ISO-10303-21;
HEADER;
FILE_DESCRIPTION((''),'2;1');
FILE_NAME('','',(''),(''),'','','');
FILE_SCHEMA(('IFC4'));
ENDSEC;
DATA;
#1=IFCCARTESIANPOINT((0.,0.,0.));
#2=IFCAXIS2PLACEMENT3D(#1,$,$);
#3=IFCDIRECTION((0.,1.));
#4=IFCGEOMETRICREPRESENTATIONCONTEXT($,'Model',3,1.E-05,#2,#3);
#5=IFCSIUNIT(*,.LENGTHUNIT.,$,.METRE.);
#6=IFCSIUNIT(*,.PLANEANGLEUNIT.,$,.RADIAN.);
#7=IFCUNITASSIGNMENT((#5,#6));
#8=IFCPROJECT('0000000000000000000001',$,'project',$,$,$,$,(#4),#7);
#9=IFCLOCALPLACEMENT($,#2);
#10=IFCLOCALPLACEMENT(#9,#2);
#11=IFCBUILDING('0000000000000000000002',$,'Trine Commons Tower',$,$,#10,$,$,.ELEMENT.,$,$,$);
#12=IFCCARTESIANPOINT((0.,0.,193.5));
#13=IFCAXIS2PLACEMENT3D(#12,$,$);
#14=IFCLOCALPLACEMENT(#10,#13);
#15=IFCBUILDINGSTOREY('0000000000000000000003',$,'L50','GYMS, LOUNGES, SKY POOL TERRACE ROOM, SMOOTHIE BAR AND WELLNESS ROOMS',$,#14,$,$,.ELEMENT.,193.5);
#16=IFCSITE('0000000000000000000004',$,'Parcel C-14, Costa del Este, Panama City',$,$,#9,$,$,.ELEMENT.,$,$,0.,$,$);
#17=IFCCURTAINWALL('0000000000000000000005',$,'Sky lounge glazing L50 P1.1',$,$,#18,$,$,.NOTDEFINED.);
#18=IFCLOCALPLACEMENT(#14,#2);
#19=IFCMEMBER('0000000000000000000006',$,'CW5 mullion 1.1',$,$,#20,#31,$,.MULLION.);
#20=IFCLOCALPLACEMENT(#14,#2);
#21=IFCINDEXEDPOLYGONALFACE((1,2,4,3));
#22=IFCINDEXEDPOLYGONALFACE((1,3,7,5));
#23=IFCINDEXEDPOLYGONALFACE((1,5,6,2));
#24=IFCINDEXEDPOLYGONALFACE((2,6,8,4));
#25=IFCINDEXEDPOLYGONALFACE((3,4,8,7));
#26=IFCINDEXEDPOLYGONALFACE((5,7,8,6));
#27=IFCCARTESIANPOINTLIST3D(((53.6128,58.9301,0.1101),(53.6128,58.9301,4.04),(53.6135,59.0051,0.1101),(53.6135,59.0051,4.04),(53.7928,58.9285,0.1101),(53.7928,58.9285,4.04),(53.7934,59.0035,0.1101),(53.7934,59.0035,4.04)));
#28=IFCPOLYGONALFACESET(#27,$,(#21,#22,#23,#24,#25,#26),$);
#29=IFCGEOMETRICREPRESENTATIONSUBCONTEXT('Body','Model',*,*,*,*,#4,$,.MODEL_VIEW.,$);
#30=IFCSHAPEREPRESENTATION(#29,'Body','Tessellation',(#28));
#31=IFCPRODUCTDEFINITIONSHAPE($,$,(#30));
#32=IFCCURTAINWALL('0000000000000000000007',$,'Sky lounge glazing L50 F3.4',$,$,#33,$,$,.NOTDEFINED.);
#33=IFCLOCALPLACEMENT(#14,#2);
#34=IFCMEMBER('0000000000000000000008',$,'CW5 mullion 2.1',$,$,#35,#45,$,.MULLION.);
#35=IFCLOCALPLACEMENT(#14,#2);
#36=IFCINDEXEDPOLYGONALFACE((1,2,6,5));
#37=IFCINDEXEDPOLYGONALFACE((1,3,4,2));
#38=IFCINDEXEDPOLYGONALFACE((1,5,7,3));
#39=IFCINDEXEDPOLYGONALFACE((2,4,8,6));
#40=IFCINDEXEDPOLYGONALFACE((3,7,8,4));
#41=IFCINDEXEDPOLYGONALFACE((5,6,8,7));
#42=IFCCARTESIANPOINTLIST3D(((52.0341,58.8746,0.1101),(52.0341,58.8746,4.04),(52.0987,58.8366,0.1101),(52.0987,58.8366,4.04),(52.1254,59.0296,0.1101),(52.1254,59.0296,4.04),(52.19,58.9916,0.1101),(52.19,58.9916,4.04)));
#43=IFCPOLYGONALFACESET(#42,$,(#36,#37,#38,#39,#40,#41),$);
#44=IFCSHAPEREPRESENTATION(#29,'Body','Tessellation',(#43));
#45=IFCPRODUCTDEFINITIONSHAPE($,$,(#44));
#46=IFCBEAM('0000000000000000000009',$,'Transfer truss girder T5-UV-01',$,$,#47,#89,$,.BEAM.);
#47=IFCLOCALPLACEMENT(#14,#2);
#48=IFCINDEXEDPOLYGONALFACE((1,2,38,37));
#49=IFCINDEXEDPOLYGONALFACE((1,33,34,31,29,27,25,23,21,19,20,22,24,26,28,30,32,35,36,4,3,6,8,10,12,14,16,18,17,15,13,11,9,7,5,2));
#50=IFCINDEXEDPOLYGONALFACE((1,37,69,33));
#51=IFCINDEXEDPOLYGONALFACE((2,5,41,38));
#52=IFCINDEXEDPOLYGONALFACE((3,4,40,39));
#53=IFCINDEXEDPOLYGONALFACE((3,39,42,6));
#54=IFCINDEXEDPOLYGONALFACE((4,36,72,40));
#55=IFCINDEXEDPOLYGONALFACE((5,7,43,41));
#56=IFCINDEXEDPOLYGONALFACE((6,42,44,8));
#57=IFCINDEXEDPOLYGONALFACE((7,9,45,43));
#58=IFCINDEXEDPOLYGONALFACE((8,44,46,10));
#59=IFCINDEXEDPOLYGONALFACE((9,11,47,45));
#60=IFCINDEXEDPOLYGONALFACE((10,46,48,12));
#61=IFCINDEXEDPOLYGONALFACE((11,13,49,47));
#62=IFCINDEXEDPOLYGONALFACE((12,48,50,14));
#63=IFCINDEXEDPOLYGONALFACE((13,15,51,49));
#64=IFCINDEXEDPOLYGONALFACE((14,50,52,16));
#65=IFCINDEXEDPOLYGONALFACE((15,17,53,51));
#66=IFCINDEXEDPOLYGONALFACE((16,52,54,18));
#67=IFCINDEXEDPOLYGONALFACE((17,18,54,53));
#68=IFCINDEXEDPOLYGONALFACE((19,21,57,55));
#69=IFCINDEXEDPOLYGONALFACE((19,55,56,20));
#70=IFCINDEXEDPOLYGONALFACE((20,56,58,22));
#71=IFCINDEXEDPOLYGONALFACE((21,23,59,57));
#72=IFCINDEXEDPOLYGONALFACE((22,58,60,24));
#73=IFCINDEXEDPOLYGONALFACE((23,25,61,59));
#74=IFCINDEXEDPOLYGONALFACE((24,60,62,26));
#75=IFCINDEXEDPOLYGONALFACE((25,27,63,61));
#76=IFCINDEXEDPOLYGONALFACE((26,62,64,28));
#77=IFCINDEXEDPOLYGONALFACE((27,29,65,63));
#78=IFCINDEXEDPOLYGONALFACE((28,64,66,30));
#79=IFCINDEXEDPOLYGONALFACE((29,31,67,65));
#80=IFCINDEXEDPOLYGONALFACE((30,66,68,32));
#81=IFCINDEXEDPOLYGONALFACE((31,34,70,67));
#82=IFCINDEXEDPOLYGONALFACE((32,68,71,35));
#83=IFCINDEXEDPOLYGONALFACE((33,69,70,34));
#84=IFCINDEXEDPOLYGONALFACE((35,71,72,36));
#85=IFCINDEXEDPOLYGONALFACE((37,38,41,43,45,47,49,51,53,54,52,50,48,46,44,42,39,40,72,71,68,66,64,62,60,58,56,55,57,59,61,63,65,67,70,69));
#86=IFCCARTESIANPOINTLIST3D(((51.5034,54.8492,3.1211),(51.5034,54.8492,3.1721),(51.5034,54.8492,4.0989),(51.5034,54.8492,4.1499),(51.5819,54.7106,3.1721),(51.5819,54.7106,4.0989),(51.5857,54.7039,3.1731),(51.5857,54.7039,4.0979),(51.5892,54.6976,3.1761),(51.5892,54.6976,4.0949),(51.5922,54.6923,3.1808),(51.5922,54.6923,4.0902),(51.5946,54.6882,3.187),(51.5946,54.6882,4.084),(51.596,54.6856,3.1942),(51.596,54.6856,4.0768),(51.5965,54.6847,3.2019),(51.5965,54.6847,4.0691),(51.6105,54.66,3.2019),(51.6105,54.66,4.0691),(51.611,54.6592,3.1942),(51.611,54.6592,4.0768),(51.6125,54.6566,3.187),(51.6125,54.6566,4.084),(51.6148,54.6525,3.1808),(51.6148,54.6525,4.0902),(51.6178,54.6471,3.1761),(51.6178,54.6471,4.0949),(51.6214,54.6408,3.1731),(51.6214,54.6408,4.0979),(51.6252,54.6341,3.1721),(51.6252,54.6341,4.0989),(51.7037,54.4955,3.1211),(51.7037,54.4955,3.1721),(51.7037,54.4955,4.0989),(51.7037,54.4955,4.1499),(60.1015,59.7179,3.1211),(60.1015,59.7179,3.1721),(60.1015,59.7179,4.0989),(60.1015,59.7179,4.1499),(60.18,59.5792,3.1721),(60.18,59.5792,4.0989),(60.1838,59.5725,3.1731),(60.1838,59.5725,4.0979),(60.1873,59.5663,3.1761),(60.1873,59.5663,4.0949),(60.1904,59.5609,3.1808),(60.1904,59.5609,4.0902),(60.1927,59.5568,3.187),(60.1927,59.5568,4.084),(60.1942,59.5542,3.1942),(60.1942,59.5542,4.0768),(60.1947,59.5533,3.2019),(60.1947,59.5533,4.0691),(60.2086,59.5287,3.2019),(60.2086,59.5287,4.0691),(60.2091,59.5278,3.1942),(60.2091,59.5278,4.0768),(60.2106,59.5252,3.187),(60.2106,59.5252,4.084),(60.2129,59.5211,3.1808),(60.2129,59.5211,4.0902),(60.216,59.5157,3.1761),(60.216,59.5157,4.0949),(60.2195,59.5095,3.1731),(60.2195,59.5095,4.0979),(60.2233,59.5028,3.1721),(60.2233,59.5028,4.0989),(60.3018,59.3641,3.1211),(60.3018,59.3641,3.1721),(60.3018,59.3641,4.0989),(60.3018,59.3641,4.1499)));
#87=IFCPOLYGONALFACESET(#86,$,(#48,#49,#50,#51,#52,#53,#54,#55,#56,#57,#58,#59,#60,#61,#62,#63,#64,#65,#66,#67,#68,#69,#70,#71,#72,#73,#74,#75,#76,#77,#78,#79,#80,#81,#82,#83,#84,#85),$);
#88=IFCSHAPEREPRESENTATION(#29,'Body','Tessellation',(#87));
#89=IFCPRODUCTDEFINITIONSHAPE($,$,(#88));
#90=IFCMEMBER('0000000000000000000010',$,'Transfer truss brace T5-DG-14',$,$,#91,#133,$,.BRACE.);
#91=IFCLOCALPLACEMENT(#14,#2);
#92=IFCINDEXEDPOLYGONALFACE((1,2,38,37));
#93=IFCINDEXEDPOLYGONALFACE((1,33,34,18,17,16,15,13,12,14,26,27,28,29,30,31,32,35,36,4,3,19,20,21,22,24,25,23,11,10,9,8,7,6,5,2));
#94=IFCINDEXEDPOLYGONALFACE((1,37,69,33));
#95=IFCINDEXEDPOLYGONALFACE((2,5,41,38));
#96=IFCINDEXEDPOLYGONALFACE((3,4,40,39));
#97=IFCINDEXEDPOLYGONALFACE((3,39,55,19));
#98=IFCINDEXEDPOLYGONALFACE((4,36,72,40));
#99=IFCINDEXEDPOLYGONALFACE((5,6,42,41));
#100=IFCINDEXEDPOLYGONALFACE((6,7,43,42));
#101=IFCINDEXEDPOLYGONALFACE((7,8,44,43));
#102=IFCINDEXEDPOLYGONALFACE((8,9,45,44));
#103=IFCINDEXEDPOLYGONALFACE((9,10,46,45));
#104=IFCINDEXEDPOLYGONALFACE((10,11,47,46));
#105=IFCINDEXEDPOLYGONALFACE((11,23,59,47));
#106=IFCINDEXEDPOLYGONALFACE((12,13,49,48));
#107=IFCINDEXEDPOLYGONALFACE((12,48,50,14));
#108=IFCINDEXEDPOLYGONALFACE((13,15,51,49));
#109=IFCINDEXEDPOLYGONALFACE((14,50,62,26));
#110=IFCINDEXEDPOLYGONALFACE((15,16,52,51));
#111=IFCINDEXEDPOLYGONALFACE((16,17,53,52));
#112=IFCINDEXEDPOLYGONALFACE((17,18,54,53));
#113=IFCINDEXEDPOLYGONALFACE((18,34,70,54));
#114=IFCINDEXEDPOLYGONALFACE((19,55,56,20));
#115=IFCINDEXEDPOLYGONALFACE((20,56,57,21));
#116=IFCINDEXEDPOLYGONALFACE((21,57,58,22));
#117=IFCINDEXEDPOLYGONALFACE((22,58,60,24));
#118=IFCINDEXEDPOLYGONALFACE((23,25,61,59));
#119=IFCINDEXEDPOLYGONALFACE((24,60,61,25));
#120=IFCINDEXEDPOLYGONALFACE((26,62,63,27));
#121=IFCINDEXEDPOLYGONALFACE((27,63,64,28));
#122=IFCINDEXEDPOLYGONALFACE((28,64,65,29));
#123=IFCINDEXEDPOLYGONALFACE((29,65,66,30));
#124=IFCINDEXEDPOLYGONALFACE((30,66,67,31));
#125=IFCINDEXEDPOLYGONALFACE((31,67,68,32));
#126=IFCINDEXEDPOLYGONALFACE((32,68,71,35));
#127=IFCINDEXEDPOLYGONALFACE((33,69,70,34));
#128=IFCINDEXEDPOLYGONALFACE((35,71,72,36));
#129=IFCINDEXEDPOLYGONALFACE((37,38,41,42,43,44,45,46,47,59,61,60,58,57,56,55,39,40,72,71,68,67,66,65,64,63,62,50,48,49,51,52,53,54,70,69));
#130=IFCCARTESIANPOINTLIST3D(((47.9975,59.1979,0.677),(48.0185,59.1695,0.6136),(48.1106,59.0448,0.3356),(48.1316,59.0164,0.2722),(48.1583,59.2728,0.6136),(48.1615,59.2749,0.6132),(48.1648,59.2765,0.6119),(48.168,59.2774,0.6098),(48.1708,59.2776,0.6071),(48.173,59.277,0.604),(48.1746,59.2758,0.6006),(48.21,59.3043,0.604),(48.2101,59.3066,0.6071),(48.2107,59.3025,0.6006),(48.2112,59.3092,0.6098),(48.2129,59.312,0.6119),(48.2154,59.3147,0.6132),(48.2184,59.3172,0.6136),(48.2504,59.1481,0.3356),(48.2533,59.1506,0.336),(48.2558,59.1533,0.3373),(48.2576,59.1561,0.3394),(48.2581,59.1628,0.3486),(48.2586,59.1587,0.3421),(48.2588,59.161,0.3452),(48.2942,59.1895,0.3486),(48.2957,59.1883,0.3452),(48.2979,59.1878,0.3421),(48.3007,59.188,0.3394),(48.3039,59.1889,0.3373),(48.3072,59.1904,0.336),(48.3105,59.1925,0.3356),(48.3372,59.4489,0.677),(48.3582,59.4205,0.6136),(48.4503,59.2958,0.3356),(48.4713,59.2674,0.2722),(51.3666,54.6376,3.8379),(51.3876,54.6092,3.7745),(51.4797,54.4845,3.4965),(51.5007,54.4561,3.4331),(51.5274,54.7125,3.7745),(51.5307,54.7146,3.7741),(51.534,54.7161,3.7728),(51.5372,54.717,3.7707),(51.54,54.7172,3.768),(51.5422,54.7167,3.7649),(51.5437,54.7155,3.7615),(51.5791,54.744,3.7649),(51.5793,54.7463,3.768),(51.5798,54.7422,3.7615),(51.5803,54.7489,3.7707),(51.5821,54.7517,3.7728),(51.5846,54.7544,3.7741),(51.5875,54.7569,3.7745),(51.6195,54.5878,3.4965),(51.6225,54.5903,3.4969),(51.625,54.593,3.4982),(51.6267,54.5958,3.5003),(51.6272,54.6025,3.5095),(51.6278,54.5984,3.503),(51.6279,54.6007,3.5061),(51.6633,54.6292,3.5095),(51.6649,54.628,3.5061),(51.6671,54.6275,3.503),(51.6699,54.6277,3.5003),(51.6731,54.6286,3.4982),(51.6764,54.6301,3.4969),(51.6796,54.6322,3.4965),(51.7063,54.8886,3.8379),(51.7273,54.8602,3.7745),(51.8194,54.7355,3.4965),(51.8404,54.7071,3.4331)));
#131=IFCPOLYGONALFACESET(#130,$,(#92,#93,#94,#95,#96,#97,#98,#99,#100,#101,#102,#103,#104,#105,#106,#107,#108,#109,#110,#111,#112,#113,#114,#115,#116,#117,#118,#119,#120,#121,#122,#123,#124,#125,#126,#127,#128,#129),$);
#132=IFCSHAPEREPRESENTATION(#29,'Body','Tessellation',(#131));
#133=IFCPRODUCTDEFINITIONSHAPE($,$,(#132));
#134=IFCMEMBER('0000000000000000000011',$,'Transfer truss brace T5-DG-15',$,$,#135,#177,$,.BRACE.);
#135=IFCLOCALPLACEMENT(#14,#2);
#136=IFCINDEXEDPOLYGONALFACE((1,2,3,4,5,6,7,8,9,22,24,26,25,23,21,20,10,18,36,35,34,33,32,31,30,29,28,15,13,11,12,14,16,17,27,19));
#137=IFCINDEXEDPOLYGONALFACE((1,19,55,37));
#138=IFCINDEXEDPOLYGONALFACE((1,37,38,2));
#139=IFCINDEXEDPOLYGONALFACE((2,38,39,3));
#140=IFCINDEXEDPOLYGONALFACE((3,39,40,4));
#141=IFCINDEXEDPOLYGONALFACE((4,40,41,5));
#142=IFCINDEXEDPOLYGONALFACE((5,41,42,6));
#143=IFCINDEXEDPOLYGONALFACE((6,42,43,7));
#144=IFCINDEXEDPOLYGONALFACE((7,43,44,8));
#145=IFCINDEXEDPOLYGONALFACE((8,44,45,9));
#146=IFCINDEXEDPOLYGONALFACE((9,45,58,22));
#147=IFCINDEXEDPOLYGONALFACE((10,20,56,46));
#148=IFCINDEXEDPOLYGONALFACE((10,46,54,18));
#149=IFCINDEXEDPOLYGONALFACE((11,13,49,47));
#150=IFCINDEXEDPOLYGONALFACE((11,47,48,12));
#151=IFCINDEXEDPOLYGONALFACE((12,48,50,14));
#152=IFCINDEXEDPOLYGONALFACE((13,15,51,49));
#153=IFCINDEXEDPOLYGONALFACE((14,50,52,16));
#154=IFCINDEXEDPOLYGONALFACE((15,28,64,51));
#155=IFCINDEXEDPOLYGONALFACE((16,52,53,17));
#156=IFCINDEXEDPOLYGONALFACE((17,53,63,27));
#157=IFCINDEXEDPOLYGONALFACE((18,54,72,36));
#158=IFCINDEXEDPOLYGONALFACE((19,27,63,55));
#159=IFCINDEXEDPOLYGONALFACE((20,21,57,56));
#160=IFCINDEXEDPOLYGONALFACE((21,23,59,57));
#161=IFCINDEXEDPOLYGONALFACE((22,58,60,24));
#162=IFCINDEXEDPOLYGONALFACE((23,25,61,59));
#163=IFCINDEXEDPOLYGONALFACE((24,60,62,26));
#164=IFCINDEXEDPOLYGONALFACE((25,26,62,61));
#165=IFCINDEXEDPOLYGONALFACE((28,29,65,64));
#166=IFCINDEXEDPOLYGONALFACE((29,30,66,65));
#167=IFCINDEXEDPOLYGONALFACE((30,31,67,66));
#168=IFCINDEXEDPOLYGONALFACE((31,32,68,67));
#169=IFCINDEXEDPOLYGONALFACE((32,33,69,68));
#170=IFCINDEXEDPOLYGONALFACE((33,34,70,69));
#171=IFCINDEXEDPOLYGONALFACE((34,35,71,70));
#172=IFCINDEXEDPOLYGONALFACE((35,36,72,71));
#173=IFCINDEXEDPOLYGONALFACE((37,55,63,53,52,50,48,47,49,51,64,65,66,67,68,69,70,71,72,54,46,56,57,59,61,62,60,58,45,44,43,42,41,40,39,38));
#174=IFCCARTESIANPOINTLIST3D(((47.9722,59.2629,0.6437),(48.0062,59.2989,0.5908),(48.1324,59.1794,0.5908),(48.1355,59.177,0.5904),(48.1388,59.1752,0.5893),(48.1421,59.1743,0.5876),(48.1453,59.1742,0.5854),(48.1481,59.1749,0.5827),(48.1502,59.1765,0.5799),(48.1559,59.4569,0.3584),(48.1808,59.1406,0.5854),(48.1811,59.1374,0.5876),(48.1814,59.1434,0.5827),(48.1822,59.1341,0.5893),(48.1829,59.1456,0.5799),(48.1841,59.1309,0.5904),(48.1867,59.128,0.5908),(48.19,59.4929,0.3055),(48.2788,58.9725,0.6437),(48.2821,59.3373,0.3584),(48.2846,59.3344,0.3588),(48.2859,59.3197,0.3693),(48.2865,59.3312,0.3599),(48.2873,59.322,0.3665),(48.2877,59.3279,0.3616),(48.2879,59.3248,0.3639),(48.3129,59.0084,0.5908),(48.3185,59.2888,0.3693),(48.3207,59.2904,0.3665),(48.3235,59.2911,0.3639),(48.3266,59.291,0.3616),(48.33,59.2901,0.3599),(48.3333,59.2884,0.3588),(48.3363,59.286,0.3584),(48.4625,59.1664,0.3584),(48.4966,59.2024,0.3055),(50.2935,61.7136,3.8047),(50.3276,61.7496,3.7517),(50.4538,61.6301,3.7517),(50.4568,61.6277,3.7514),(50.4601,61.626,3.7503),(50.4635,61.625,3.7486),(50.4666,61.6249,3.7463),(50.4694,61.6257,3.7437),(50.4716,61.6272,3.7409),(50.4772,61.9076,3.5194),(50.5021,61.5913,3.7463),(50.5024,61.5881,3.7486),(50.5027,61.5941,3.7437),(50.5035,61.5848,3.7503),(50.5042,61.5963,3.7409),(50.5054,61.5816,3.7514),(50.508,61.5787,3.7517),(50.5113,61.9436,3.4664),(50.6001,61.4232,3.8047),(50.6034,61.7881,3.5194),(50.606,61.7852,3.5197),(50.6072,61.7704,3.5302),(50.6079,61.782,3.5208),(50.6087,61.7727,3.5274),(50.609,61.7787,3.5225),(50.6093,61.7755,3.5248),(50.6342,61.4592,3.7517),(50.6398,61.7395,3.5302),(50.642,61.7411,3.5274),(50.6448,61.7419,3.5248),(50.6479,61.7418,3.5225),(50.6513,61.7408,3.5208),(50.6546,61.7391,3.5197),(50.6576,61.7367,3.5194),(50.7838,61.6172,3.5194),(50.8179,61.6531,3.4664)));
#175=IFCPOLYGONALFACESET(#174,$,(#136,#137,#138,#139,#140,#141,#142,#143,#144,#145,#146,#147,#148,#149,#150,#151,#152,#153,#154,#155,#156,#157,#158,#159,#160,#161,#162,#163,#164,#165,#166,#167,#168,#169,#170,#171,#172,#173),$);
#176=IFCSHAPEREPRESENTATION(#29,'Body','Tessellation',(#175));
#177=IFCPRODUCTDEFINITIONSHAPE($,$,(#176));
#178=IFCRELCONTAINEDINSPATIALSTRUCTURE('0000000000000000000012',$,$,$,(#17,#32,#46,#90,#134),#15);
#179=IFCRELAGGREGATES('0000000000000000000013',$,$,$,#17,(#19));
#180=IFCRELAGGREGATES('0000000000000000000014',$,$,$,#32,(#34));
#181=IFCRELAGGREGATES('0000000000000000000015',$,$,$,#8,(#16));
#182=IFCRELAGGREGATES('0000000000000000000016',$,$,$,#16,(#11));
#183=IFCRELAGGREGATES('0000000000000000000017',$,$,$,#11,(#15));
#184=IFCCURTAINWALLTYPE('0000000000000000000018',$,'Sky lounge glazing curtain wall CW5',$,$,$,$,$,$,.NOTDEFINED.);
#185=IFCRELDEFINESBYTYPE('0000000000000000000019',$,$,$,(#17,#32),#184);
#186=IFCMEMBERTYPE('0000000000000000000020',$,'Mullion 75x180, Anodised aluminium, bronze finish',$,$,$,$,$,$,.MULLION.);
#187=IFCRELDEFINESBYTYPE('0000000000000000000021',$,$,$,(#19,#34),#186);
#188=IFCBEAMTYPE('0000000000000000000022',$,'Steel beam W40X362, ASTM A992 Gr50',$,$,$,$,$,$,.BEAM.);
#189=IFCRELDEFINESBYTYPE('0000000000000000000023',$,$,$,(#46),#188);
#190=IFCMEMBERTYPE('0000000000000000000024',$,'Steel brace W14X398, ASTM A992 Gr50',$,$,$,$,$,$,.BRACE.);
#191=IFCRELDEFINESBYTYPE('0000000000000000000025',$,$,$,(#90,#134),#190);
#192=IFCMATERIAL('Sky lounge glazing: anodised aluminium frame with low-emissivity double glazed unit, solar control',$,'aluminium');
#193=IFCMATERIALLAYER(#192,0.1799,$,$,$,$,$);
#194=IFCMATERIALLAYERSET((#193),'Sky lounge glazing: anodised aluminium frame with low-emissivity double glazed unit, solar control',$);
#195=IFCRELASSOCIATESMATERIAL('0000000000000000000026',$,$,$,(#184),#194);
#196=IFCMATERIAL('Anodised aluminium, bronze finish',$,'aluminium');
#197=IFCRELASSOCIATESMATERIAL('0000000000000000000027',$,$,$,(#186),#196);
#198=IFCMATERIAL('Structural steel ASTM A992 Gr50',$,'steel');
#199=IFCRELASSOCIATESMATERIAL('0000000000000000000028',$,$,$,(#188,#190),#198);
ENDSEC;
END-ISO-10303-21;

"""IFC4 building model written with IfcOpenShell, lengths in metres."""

from ifc_helpers import new_model, si_unit, direction, frame, origin, origin_2d, place, context, subcontext, project, spatial, rectangle, i_section, extrude, material, layer, layer_set, material_profile, profile_set, type_object, element, aggregate, save


model = new_model("IFC4")

# Units and contexts
model_context = context("Model", 3, precision=1e-05, world=origin(), true_north=direction((0.0, 1.0)))
body_context = subcontext(model_context, "Body", "Model", "MODEL_VIEW")
ifc_project = project(units=[si_unit("LENGTHUNIT", "METRE"), si_unit("PLANEANGLEUNIT", "RADIAN")], contexts=[model_context])

# Site, building, storey
site_placement = place(None, origin())
site = spatial("IfcSite", under=ifc_project, at=site_placement, Name="Parcel C-14, Costa del Este, Panama City", CompositionType="ELEMENT", RefElevation=0.0)
building_placement = place(site_placement, origin())
building = spatial("IfcBuilding", under=site, at=building_placement, Name="Trine Commons Tower", CompositionType="ELEMENT")
storey_placement = place(building_placement, frame((0.0, 0.0, 193.5)))
storey = spatial("IfcBuildingStorey", under=building, at=storey_placement, Name="L50", Description="GYMS, LOUNGES, SKY POOL TERRACE ROOM, SMOOTHIE BAR AND WELLNESS ROOMS", CompositionType="ELEMENT", Elevation=193.5)

# Curtain walls, members
ifc_material_1 = material(Name="Sky lounge glazing: anodised aluminium frame with low-emissivity double glazed unit, solar control", Category="aluminium")
ifc_layer_1 = layer(ifc_material_1, 0.1799)
ifc_layer_set_1 = layer_set([ifc_layer_1], Name="Sky lounge glazing: anodised aluminium frame with low-emissivity double glazed unit, solar control")
curtain_wall_type = type_object("IfcCurtainWallType", Name="Sky lounge glazing curtain wall CW5", PredefinedType="NOTDEFINED", material=ifc_layer_set_1)
curtain_wall_1_placement = place(storey_placement, origin())
curtain_wall_1 = element("IfcCurtainWall", 1, at=curtain_wall_1_placement, inside=storey, type_object=curtain_wall_type, Name="Sky lounge glazing L50 P1.1", PredefinedType="NOTDEFINED")
ifc_material_2 = material(Name="Anodised aluminium, bronze finish", Category="aluminium")
ifc_material_profile_1 = material_profile(ifc_material_2, rectangle(XDim=0.1799, YDim=0.075, at=origin_2d()), Name="Mullion 75x180")
ifc_profile_set_1 = profile_set([ifc_material_profile_1], Name="Anodised aluminium, bronze finish")
member_type_1 = type_object("IfcMemberType", Name="Mullion 75x180, Anodised aluminium, bronze finish", PredefinedType="MULLION", material=ifc_profile_set_1)
member_1_placement = place(storey_placement, frame((53.7031, 58.9668, 0.1101), z_axis=(0.0, 0.0, 1.0), x_axis=(-0.999962, 0.008727, 0.0)))
member_1 = element("IfcMember", 2, at=member_1_placement, type_object=member_type_1, Name="CW5 mullion 1.1", PredefinedType="MULLION", context=body_context, shape_type="SweptSolid", body=[
    extrude(rectangle(XDim=0.1799, YDim=0.075, at=origin_2d()), origin(), (0.0, 0.0, 1.0), 3.9299),
])
curtain_wall_2_placement = place(storey_placement, origin())
curtain_wall_2 = element("IfcCurtainWall", 3, at=curtain_wall_2_placement, inside=storey, type_object=curtain_wall_type, Name="Sky lounge glazing L50 F3.4", PredefinedType="NOTDEFINED")
member_2_placement = place(storey_placement, frame((52.1121, 58.9331, 0.1101), z_axis=(0.0, 0.0, 1.0), x_axis=(-0.507538, -0.861629, 0.0)))
member_2 = element("IfcMember", 4, at=member_2_placement, type_object=member_type_1, Name="CW5 mullion 2.1", PredefinedType="MULLION", context=body_context, shape_type="SweptSolid", body=[
    extrude(rectangle(XDim=0.1799, YDim=0.075, at=origin_2d()), origin(), (0.0, 0.0, 1.0), 3.9299),
])

# Beam
ifc_material_3 = material(Name="Structural steel ASTM A992 Gr50", Category="steel")
ifc_material_profile_2 = material_profile(ifc_material_3, i_section(OverallWidth=0.4065, OverallDepth=1.0288, WebThickness=0.0283, FlangeThickness=0.051, FilletRadius=0.0298, at=origin_2d()), Name="W40X362")
ifc_profile_set_2 = profile_set([ifc_material_profile_2], Name="Structural steel ASTM A992 Gr50")
beam_type = type_object("IfcBeamType", Name="Steel beam W40X362, ASTM A992 Gr50", PredefinedType="BEAM", material=ifc_profile_set_2)
beam_placement = place(storey_placement, frame((51.6035, 54.6724, 3.6355), z_axis=(0.87018, 0.492734, 0.0), x_axis=(-0.492734, 0.87018, 0.0)))
element("IfcBeam", 5, at=beam_placement, inside=storey, type_object=beam_type, Name="Transfer truss girder T5-UV-01", PredefinedType="BEAM", context=body_context, shape_type="SweptSolid", body=[
    extrude(i_section(OverallWidth=0.4065, OverallDepth=1.0288, WebThickness=0.0283, FlangeThickness=0.051, FilletRadius=0.0298, at=origin_2d()), origin(), (0.0, 0.0, 1.0), 9.8809),
])

# Members
ifc_material_profile_3 = material_profile(ifc_material_3, i_section(OverallWidth=0.4224, OverallDepth=0.4634, WebThickness=0.0449, FlangeThickness=0.0725, FilletRadius=0.0149, at=origin_2d()), Name="W14X398")
ifc_profile_set_3 = profile_set([ifc_material_profile_3], Name="Structural steel ASTM A992 Gr50")
member_type_2 = type_object("IfcMemberType", Name="Steel brace W14X398, ASTM A992 Gr50", PredefinedType="BRACE", material=ifc_profile_set_3)
member_3_placement = place(storey_placement, frame((48.2344, 59.2327, 0.4746), z_axis=(0.519013, -0.702511, 0.486932), x_axis=(0.804304, 0.594218, 0.0)))
element("IfcMember", 6, at=member_3_placement, inside=storey, type_object=member_type_2, Name="Transfer truss brace T5-DG-14", PredefinedType="BRACE", context=body_context, shape_type="SweptSolid", body=[
    extrude(i_section(OverallWidth=0.4224, OverallDepth=0.4634, WebThickness=0.0449, FlangeThickness=0.0725, FilletRadius=0.0149, at=origin_2d()), origin(), (0.0, 0.0, 1.0), 6.4915),
])
member_4_placement = place(storey_placement, frame((48.2344, 59.2327, 0.4746), z_axis=(0.501961, 0.529942, 0.683518), x_axis=(-0.726013, 0.68768, 0.0)))
element("IfcMember", 7, at=member_4_placement, inside=storey, type_object=member_type_2, Name="Transfer truss brace T5-DG-15", PredefinedType="BRACE", context=body_context, shape_type="SweptSolid", body=[
    extrude(i_section(OverallWidth=0.4224, OverallDepth=0.4634, WebThickness=0.0449, FlangeThickness=0.0725, FilletRadius=0.0149, at=origin_2d()), origin(), (0.0, 0.0, 1.0), 4.6245),
])

aggregate(curtain_wall_1, [member_1])

aggregate(curtain_wall_2, [member_2])

save(model, "model.ifc")
